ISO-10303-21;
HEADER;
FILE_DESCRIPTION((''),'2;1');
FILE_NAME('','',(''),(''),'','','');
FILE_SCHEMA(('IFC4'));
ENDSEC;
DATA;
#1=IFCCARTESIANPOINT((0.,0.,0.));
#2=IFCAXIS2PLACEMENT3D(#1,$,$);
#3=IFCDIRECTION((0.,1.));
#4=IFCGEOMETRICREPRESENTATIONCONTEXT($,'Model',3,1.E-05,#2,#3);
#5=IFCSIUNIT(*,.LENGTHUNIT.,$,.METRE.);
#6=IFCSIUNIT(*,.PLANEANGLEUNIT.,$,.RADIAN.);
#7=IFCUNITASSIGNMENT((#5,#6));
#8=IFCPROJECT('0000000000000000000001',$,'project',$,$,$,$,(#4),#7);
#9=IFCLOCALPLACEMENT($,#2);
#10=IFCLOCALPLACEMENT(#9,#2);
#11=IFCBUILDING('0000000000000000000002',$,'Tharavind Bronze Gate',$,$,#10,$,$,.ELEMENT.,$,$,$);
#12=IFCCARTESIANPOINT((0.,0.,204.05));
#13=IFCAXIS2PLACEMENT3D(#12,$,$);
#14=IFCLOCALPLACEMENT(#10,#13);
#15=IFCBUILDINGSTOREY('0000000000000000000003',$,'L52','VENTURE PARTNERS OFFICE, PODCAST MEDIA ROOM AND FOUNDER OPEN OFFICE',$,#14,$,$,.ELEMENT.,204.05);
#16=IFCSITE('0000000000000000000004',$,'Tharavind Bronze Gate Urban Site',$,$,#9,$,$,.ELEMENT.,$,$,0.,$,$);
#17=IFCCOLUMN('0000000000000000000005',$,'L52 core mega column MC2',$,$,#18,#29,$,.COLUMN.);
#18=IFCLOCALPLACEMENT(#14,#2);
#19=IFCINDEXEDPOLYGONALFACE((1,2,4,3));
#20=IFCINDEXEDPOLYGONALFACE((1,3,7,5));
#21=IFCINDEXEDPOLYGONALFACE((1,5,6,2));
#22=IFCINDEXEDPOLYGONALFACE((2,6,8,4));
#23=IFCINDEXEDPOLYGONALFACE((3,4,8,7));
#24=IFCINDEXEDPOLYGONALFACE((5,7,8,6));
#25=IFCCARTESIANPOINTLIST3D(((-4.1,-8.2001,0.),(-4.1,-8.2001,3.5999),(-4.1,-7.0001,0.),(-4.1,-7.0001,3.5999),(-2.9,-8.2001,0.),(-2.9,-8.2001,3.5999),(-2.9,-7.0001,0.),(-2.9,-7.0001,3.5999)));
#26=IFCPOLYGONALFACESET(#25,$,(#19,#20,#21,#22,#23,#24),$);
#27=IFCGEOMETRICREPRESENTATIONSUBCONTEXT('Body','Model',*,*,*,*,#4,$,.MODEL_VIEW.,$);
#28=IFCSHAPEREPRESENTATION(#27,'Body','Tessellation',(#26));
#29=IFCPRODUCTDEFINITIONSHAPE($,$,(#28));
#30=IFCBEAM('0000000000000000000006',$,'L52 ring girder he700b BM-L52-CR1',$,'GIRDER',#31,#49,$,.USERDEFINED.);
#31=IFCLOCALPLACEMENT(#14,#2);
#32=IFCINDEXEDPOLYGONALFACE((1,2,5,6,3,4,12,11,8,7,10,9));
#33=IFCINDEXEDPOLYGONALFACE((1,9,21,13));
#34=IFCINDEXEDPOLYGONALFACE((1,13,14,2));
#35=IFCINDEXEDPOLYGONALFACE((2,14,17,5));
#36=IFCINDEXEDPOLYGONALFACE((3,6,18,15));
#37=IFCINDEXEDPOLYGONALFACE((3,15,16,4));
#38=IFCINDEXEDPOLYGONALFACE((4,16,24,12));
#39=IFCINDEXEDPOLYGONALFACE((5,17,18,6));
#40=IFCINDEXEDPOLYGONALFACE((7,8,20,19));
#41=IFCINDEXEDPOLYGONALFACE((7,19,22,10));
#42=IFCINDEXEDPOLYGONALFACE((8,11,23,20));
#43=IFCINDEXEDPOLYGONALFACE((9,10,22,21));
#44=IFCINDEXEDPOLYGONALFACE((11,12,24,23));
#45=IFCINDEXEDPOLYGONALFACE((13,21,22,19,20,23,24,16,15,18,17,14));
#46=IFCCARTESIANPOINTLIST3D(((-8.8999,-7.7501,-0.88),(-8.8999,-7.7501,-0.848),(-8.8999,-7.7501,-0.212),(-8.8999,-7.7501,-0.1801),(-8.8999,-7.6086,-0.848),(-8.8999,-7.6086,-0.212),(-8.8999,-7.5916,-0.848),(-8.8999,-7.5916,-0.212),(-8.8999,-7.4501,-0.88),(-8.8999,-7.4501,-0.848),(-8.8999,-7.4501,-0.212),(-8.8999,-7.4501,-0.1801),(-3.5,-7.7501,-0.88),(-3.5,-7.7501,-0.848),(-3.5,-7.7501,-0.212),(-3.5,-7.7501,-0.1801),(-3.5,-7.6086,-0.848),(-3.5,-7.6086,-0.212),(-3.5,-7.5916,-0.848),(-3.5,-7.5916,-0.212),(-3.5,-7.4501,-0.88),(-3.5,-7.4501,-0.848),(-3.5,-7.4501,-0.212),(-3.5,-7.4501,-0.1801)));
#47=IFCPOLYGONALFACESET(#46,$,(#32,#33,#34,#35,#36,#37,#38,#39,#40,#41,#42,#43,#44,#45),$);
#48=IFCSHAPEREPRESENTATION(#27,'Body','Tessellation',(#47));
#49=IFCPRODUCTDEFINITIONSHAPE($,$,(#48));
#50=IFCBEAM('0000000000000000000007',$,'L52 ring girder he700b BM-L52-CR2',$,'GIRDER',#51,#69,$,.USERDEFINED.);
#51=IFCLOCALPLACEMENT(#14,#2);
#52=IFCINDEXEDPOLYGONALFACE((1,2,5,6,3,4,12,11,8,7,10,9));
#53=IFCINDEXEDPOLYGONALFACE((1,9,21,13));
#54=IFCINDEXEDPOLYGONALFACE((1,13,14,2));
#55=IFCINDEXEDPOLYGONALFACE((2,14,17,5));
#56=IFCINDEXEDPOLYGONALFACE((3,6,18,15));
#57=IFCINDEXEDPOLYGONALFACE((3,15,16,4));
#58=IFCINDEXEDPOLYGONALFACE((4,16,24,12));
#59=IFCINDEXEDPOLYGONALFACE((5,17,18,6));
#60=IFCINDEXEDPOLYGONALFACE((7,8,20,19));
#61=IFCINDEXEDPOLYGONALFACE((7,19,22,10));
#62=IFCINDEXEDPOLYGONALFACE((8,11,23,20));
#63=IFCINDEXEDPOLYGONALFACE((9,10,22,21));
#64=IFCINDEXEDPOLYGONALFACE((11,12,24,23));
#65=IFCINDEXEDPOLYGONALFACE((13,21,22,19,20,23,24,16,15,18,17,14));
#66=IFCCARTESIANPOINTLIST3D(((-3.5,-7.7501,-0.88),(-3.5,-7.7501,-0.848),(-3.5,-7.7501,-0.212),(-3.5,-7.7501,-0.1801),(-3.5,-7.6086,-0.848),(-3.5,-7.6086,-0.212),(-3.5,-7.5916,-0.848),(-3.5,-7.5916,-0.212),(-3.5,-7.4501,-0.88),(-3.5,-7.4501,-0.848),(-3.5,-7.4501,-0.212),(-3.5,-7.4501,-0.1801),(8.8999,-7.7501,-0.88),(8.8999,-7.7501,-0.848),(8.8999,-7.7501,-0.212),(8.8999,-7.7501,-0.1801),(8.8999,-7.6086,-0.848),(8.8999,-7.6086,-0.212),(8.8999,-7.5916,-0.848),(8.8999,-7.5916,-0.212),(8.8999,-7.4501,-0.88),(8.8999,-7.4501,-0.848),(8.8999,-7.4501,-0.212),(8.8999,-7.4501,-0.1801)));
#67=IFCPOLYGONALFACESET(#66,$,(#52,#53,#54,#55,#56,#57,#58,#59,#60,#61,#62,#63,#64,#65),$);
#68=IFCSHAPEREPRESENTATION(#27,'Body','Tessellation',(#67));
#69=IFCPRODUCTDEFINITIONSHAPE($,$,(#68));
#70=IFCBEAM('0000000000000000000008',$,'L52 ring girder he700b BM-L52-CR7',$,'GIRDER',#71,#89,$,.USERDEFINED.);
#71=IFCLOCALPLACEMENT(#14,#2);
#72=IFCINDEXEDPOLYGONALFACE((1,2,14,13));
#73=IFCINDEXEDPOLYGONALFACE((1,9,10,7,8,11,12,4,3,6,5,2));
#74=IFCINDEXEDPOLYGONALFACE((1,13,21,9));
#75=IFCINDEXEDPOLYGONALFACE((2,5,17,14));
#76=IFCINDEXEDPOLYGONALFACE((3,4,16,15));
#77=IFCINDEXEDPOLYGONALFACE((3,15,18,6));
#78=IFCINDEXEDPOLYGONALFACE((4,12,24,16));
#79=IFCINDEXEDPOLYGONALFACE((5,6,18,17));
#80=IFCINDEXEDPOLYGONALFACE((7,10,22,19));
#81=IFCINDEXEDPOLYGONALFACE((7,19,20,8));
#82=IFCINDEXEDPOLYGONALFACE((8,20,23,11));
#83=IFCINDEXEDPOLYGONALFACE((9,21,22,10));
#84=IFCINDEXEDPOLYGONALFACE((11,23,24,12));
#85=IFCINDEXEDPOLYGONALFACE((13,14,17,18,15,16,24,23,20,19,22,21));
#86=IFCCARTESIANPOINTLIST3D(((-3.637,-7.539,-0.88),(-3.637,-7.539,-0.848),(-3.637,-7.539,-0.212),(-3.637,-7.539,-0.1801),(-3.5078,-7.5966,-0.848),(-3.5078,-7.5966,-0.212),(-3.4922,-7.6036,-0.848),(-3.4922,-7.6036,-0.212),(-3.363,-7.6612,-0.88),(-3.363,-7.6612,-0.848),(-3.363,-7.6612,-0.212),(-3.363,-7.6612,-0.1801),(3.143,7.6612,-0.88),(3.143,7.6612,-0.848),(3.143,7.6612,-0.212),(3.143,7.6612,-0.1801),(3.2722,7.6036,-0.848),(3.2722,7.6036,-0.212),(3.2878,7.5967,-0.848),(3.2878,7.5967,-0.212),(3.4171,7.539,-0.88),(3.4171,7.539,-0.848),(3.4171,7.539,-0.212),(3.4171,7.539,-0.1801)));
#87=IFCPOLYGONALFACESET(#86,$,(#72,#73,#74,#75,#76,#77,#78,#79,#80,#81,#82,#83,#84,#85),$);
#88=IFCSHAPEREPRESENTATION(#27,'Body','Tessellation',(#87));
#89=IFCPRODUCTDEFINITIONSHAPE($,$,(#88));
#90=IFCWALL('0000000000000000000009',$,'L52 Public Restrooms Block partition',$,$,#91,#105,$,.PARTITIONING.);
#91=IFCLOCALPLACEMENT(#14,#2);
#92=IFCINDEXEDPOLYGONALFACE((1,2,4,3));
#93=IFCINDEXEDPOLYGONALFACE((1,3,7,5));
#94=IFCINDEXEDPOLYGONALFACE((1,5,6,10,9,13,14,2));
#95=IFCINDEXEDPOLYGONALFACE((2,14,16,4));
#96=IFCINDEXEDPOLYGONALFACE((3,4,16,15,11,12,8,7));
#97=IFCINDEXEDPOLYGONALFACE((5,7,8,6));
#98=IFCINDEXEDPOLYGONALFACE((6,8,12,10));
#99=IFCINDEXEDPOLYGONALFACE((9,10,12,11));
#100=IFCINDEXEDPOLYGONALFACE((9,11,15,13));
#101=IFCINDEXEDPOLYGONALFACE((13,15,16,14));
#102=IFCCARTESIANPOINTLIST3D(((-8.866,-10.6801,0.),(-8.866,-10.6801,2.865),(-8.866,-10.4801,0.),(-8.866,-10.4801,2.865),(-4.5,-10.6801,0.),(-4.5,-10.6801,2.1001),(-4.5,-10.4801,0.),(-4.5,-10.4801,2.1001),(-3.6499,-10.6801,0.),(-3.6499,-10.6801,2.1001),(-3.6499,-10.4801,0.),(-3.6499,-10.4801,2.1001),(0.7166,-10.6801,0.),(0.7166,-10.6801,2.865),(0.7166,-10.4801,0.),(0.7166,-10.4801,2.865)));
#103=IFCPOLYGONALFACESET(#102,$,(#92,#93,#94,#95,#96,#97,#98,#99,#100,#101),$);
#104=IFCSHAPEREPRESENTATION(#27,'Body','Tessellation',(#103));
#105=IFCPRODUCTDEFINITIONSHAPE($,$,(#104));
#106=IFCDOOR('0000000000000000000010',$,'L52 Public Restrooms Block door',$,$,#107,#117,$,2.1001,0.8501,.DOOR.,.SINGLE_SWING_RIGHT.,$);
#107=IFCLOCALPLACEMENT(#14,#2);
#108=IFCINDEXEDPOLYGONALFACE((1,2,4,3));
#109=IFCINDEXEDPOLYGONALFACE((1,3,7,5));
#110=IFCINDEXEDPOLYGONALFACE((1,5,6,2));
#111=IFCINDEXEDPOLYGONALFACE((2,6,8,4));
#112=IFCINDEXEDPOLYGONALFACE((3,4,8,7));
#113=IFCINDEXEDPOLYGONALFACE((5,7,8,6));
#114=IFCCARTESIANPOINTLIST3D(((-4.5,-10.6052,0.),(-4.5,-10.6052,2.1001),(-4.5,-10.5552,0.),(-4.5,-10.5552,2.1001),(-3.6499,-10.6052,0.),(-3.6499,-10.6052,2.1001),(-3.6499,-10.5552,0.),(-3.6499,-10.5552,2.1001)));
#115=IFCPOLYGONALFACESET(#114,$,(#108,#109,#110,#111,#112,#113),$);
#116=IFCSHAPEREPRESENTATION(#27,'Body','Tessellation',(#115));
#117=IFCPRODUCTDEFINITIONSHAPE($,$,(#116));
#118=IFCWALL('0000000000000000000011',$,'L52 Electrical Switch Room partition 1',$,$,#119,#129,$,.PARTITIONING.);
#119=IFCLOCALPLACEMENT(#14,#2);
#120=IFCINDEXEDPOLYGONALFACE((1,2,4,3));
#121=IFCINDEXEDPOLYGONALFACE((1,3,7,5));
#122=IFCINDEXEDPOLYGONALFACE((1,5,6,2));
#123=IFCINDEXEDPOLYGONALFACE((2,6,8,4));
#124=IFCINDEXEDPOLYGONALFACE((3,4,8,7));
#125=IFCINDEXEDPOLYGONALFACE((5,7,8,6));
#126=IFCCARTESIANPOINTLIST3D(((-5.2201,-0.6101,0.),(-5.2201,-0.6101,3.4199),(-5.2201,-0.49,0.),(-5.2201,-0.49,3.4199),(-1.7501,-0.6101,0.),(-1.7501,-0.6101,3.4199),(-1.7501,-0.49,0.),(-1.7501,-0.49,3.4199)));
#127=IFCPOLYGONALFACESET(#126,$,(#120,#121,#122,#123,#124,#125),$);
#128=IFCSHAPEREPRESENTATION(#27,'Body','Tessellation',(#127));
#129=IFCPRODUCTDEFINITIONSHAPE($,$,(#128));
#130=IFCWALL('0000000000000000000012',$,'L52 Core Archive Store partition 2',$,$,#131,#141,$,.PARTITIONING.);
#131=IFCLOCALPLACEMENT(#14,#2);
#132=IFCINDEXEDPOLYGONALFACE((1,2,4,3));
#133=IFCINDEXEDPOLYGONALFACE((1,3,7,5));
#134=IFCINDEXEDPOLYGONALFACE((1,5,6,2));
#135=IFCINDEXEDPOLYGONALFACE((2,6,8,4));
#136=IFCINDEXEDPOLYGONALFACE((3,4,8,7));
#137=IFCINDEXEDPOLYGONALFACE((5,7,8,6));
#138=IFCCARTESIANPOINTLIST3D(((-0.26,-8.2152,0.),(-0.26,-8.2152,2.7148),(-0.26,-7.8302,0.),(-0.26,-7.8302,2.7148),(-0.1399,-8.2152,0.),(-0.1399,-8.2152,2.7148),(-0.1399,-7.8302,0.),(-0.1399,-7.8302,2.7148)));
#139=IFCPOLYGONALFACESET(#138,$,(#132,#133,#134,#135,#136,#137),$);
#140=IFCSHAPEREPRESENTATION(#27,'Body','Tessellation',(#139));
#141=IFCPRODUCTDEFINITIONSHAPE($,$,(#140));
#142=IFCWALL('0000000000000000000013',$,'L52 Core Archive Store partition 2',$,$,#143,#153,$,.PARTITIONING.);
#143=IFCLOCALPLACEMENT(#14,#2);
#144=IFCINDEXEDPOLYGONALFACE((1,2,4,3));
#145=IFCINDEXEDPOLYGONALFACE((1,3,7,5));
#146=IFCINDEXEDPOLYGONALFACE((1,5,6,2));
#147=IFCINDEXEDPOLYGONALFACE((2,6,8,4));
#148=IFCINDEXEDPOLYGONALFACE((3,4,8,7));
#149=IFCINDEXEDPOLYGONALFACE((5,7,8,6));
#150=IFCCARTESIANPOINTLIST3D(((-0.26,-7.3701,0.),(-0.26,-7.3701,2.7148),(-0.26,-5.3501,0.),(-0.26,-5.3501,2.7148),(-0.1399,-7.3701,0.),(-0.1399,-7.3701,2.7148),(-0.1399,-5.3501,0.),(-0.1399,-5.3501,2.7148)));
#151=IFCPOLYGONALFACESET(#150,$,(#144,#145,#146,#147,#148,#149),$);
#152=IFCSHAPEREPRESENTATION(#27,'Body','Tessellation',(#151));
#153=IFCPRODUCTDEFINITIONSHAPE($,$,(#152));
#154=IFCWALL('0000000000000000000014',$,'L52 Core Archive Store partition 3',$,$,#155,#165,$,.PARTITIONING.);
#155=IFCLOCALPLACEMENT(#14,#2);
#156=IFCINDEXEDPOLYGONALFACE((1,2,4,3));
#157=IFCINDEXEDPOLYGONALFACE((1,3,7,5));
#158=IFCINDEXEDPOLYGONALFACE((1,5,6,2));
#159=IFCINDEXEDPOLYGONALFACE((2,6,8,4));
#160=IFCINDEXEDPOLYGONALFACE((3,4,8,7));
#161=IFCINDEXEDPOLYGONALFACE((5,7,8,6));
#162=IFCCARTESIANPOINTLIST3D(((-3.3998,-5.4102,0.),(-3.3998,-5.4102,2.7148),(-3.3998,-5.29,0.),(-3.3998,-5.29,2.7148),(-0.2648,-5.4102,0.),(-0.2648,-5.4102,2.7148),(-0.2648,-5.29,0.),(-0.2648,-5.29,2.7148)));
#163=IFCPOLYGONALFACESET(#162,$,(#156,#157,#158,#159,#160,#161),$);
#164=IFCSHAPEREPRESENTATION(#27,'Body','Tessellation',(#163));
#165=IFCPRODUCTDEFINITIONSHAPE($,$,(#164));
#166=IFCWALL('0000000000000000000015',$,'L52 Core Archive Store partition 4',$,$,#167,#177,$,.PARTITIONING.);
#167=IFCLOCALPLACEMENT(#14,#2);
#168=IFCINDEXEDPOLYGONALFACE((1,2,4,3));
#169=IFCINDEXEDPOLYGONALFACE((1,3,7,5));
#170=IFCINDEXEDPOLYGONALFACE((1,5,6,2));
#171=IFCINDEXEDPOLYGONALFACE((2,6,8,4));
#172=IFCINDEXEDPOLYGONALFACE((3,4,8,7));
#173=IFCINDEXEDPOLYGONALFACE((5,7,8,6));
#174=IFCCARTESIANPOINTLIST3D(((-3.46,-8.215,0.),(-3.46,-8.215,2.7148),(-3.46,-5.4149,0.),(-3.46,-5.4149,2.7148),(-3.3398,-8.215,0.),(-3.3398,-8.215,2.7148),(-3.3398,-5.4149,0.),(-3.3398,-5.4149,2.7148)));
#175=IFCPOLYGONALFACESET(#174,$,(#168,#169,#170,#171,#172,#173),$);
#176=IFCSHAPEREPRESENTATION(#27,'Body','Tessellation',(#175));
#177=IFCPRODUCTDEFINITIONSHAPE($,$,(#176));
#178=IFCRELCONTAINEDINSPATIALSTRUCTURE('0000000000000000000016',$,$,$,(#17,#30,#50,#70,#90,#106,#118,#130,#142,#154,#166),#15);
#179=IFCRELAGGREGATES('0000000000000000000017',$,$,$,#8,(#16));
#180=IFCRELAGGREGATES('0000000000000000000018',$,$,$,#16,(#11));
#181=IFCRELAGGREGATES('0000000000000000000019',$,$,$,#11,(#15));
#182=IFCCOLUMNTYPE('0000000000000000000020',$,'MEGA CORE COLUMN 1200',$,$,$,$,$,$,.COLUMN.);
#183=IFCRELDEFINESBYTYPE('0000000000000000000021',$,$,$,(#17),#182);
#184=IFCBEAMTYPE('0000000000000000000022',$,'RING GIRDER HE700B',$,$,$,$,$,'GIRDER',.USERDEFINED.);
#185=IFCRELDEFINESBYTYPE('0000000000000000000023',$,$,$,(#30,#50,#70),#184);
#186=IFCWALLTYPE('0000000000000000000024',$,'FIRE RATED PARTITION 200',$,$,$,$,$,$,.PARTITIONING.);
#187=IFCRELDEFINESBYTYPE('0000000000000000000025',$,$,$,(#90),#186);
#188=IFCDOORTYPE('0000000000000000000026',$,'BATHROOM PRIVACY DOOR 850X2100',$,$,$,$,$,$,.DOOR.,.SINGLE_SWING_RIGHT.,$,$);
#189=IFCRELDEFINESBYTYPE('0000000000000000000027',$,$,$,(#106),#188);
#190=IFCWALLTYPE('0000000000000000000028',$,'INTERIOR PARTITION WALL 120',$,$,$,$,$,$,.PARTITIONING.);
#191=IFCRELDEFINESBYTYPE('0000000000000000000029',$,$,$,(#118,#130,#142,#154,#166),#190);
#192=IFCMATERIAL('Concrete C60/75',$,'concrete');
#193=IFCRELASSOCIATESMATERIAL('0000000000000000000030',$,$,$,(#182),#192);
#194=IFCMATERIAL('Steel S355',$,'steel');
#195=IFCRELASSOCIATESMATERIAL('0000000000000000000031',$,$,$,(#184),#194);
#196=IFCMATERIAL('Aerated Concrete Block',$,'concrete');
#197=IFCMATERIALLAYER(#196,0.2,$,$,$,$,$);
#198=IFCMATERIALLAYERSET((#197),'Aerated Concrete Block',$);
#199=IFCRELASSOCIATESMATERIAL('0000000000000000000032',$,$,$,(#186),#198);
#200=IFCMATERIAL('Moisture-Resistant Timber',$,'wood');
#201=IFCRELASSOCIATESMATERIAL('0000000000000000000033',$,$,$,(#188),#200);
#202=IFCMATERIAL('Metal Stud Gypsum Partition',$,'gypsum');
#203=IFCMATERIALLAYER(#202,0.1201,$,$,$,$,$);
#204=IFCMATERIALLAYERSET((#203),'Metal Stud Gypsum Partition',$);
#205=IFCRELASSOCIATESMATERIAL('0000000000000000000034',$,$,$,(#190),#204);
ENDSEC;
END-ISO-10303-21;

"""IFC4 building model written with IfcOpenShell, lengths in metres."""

from ifc_helpers import new_model, si_unit, direction, frame, frame_2d, origin, origin_2d, place, context, subcontext, project, spatial, rectangle, i_section, extrude, material, layer, layer_set, material_profile, profile_set, type_object, element, fill, save


model = new_model("IFC4")

# Units and contexts
model_context = context("Model", 3, precision=1e-05, world=origin(), true_north=direction((0.0, 1.0)))
body_context = subcontext(model_context, "Body", "Model", "MODEL_VIEW")
ifc_project = project(units=[si_unit("LENGTHUNIT", "METRE"), si_unit("PLANEANGLEUNIT", "RADIAN")], contexts=[model_context])

# Site, building, storey
site_placement = place(None, origin())
site = spatial("IfcSite", under=ifc_project, at=site_placement, Name="Tharavind Bronze Gate Urban Site", CompositionType="ELEMENT", RefElevation=0.0)
building_placement = place(site_placement, origin())
building = spatial("IfcBuilding", under=site, at=building_placement, Name="Tharavind Bronze Gate", CompositionType="ELEMENT")
storey_placement = place(building_placement, frame((0.0, 0.0, 204.05)))
storey = spatial("IfcBuildingStorey", under=building, at=storey_placement, Name="L52", Description="VENTURE PARTNERS OFFICE, PODCAST MEDIA ROOM AND FOUNDER OPEN OFFICE", CompositionType="ELEMENT", Elevation=204.05)

# Column
ifc_material_1 = material(Name="Concrete C60/75", Category="concrete")
ifc_material_profile_1 = material_profile(ifc_material_1, rectangle(XDim=1.2, YDim=1.2, at=origin_2d()), Name="RCCOL1200")
ifc_profile_set_1 = profile_set([ifc_material_profile_1], Name="Concrete C60/75")
column_type = type_object("IfcColumnType", Name="MEGA CORE COLUMN 1200", PredefinedType="COLUMN", material=ifc_profile_set_1)
column_placement = place(storey_placement, frame((-3.5, -7.6001, 0.0), z_axis=(0.0, 0.0, 1.0), x_axis=(1.0, 0.0, 0.0)))
element("IfcColumn", 1, at=column_placement, inside=storey, type_object=column_type, Name="L52 core mega column MC2", PredefinedType="COLUMN", context=body_context, shape_type="SweptSolid", body=[
    extrude(rectangle(XDim=1.2, YDim=1.2, at=origin_2d()), origin(), (0.0, 0.0, 1.0), 3.5999),
])

# Beams
ifc_material_2 = material(Name="Steel S355", Category="steel")
ifc_material_profile_2 = material_profile(ifc_material_2, i_section(OverallWidth=0.3, OverallDepth=0.7, WebThickness=0.0171, FlangeThickness=0.032, at=origin_2d()), Name="HE700B")
ifc_profile_set_2 = profile_set([ifc_material_profile_2], Name="Steel S355")
beam_type = type_object("IfcBeamType", Name="RING GIRDER HE700B", ElementType="GIRDER", PredefinedType="USERDEFINED", material=ifc_profile_set_2)
beam_1_placement = place(storey_placement, frame((-8.8999, -7.6001, -0.53), z_axis=(1.0, 0.0, 0.0), x_axis=(0.0, 1.0, 0.0)))
element("IfcBeam", 2, at=beam_1_placement, inside=storey, type_object=beam_type, Name="L52 ring girder he700b BM-L52-CR1", ObjectType="GIRDER", PredefinedType="USERDEFINED", context=body_context, shape_type="SweptSolid", body=[
    extrude(i_section(OverallWidth=0.3, OverallDepth=0.7, WebThickness=0.0171, FlangeThickness=0.032, at=origin_2d()), origin(), (0.0, 0.0, 1.0), 5.3999),
])
beam_2_placement = place(storey_placement, frame((-3.5, -7.6001, -0.53), z_axis=(1.0, 0.0, 0.0), x_axis=(0.0, 1.0, 0.0)))
element("IfcBeam", 3, at=beam_2_placement, inside=storey, type_object=beam_type, Name="L52 ring girder he700b BM-L52-CR2", ObjectType="GIRDER", PredefinedType="USERDEFINED", context=body_context, shape_type="SweptSolid", body=[
    extrude(i_section(OverallWidth=0.3, OverallDepth=0.7, WebThickness=0.0171, FlangeThickness=0.032, at=origin_2d()), origin(), (0.0, 0.0, 1.0), 12.3999),
])
beam_3_placement = place(storey_placement, frame((-3.5, -7.6001, -0.53), z_axis=(0.407362, 0.913267, 0.0), x_axis=(-0.913267, 0.407362, 0.0)))
element("IfcBeam", 4, at=beam_3_placement, inside=storey, type_object=beam_type, Name="L52 ring girder he700b BM-L52-CR7", ObjectType="GIRDER", PredefinedType="USERDEFINED", context=body_context, shape_type="SweptSolid", body=[
    extrude(i_section(OverallWidth=0.3, OverallDepth=0.7, WebThickness=0.0171, FlangeThickness=0.032, at=origin_2d()), origin(), (0.0, 0.0, 1.0), 16.6438),
])

# Wall, opening, door
ifc_material_3 = material(Name="Aerated Concrete Block", Category="concrete")
ifc_layer_1 = layer(ifc_material_3, 0.2)
ifc_layer_set_1 = layer_set([ifc_layer_1], Name="Aerated Concrete Block")
wall_type_1 = type_object("IfcWallType", Name="FIRE RATED PARTITION 200", PredefinedType="PARTITIONING", material=ifc_layer_set_1)
wall_1_placement = place(storey_placement, frame((-8.866, -10.5801, 0.0), z_axis=(0.0, 0.0, 1.0), x_axis=(1.0, 0.0, 0.0)))
wall_1 = element("IfcWall", 5, at=wall_1_placement, inside=storey, type_object=wall_type_1, Name="L52 Public Restrooms Block partition", PredefinedType="PARTITIONING", context=body_context, shape_type="SweptSolid", body=[
    extrude(rectangle(XDim=9.5825, YDim=0.2, at=frame_2d((4.7913, 0.0))), origin(), (0.0, 0.0, 1.0), 2.865),
])
opening_1_placement = place(wall_1_placement, frame((4.366, 0.0, 0.0)))
opening_1 = element("IfcOpeningElement", 6, at=opening_1_placement, cuts=wall_1, PredefinedType="OPENING", context=body_context, shape_type="SweptSolid", body=[
    extrude(rectangle(XDim=0.8501, YDim=2.1001, at=frame_2d((0.425, 1.05))), frame((0.0, 0.1101, 0.0), z_axis=(0.0, -1.0, 0.0), x_axis=(1.0, 0.0, 0.0)), (0.0, 0.0, 1.0), 0.22),
])
ifc_material_4 = material(Name="Moisture-Resistant Timber", Category="wood")
door_type_1 = type_object("IfcDoorType", Name="BATHROOM PRIVACY DOOR 850X2100", OperationType="SINGLE_SWING_RIGHT", PredefinedType="DOOR", material=ifc_material_4)
door_1_placement = place(opening_1_placement, origin())
door_1 = element("IfcDoor", 7, at=door_1_placement, inside=storey, type_object=door_type_1, Name="L52 Public Restrooms Block door", OperationType="SINGLE_SWING_RIGHT", OverallHeight=2.1001, OverallWidth=0.8501, PredefinedType="DOOR", context=body_context, shape_type="SweptSolid", body=[
    extrude(rectangle(XDim=0.8501, YDim=2.1001, at=frame_2d((0.425, 1.05))), frame((0.0, 0.0249, 0.0), z_axis=(0.0, -1.0, 0.0), x_axis=(1.0, 0.0, 0.0)), (0.0, 0.0, 1.0), 0.05),
])
fill(opening_1, door_1)

# Walls
ifc_material_5 = material(Name="Metal Stud Gypsum Partition", Category="gypsum")
ifc_layer_2 = layer(ifc_material_5, 0.1201)
ifc_layer_set_2 = layer_set([ifc_layer_2], Name="Metal Stud Gypsum Partition")
wall_type_2 = type_object("IfcWallType", Name="INTERIOR PARTITION WALL 120", PredefinedType="PARTITIONING", material=ifc_layer_set_2)
wall_2_placement = place(storey_placement, frame((-5.22, -0.55, 0.0), z_axis=(0.0, 0.0, 1.0), x_axis=(1.0, 0.0, 0.0)))
element("IfcWall", 8, at=wall_2_placement, inside=storey, type_object=wall_type_2, Name="L52 Electrical Switch Room partition 1", PredefinedType="PARTITIONING", context=body_context, shape_type="SweptSolid", body=[
    extrude(rectangle(XDim=3.47, YDim=0.1201, at=frame_2d((1.7349, 0.0))), origin(), (0.0, 0.0, 1.0), 3.4199),
])
wall_3_placement = place(storey_placement, frame((-0.2, -8.2151, 0.0), z_axis=(0.0, 0.0, 1.0), x_axis=(0.0, 1.0, 0.0)))
element("IfcWall", 9, at=wall_3_placement, inside=storey, type_object=wall_type_2, Name="L52 Core Archive Store partition 2", PredefinedType="PARTITIONING", context=body_context, shape_type="SweptSolid", body=[
    extrude(rectangle(XDim=0.385, YDim=0.1201, at=frame_2d((0.1924, 0.0))), origin(), (0.0, 0.0, 1.0), 2.7148),
])
wall_4_placement = place(storey_placement, frame((-0.2, -7.3701, 0.0), z_axis=(0.0, 0.0, 1.0), x_axis=(0.0, 1.0, 0.0)))
element("IfcWall", 10, at=wall_4_placement, inside=storey, type_object=wall_type_2, Name="L52 Core Archive Store partition 2", PredefinedType="PARTITIONING", context=body_context, shape_type="SweptSolid", body=[
    extrude(rectangle(XDim=2.02, YDim=0.1201, at=frame_2d((1.01, 0.0))), origin(), (0.0, 0.0, 1.0), 2.7148),
])
wall_5_placement = place(storey_placement, frame((-0.2649, -5.3501, 0.0), z_axis=(0.0, 0.0, 1.0), x_axis=(-1.0, 0.0, 0.0)))
element("IfcWall", 11, at=wall_5_placement, inside=storey, type_object=wall_type_2, Name="L52 Core Archive Store partition 3", PredefinedType="PARTITIONING", context=body_context, shape_type="SweptSolid", body=[
    extrude(rectangle(XDim=3.135, YDim=0.1201, at=frame_2d((1.5674, 0.0))), origin(), (0.0, 0.0, 1.0), 2.7148),
])
wall_6_placement = place(storey_placement, frame((-3.3999, -5.415, 0.0), z_axis=(0.0, 0.0, 1.0), x_axis=(0.0, -1.0, 0.0)))
element("IfcWall", 12, at=wall_6_placement, inside=storey, type_object=wall_type_2, Name="L52 Core Archive Store partition 4", PredefinedType="PARTITIONING", context=body_context, shape_type="SweptSolid", body=[
    extrude(rectangle(XDim=2.8, YDim=0.1201, at=frame_2d((1.3999, 0.0))), origin(), (0.0, 0.0, 1.0), 2.7148),
])

save(model, "model.ifc")
